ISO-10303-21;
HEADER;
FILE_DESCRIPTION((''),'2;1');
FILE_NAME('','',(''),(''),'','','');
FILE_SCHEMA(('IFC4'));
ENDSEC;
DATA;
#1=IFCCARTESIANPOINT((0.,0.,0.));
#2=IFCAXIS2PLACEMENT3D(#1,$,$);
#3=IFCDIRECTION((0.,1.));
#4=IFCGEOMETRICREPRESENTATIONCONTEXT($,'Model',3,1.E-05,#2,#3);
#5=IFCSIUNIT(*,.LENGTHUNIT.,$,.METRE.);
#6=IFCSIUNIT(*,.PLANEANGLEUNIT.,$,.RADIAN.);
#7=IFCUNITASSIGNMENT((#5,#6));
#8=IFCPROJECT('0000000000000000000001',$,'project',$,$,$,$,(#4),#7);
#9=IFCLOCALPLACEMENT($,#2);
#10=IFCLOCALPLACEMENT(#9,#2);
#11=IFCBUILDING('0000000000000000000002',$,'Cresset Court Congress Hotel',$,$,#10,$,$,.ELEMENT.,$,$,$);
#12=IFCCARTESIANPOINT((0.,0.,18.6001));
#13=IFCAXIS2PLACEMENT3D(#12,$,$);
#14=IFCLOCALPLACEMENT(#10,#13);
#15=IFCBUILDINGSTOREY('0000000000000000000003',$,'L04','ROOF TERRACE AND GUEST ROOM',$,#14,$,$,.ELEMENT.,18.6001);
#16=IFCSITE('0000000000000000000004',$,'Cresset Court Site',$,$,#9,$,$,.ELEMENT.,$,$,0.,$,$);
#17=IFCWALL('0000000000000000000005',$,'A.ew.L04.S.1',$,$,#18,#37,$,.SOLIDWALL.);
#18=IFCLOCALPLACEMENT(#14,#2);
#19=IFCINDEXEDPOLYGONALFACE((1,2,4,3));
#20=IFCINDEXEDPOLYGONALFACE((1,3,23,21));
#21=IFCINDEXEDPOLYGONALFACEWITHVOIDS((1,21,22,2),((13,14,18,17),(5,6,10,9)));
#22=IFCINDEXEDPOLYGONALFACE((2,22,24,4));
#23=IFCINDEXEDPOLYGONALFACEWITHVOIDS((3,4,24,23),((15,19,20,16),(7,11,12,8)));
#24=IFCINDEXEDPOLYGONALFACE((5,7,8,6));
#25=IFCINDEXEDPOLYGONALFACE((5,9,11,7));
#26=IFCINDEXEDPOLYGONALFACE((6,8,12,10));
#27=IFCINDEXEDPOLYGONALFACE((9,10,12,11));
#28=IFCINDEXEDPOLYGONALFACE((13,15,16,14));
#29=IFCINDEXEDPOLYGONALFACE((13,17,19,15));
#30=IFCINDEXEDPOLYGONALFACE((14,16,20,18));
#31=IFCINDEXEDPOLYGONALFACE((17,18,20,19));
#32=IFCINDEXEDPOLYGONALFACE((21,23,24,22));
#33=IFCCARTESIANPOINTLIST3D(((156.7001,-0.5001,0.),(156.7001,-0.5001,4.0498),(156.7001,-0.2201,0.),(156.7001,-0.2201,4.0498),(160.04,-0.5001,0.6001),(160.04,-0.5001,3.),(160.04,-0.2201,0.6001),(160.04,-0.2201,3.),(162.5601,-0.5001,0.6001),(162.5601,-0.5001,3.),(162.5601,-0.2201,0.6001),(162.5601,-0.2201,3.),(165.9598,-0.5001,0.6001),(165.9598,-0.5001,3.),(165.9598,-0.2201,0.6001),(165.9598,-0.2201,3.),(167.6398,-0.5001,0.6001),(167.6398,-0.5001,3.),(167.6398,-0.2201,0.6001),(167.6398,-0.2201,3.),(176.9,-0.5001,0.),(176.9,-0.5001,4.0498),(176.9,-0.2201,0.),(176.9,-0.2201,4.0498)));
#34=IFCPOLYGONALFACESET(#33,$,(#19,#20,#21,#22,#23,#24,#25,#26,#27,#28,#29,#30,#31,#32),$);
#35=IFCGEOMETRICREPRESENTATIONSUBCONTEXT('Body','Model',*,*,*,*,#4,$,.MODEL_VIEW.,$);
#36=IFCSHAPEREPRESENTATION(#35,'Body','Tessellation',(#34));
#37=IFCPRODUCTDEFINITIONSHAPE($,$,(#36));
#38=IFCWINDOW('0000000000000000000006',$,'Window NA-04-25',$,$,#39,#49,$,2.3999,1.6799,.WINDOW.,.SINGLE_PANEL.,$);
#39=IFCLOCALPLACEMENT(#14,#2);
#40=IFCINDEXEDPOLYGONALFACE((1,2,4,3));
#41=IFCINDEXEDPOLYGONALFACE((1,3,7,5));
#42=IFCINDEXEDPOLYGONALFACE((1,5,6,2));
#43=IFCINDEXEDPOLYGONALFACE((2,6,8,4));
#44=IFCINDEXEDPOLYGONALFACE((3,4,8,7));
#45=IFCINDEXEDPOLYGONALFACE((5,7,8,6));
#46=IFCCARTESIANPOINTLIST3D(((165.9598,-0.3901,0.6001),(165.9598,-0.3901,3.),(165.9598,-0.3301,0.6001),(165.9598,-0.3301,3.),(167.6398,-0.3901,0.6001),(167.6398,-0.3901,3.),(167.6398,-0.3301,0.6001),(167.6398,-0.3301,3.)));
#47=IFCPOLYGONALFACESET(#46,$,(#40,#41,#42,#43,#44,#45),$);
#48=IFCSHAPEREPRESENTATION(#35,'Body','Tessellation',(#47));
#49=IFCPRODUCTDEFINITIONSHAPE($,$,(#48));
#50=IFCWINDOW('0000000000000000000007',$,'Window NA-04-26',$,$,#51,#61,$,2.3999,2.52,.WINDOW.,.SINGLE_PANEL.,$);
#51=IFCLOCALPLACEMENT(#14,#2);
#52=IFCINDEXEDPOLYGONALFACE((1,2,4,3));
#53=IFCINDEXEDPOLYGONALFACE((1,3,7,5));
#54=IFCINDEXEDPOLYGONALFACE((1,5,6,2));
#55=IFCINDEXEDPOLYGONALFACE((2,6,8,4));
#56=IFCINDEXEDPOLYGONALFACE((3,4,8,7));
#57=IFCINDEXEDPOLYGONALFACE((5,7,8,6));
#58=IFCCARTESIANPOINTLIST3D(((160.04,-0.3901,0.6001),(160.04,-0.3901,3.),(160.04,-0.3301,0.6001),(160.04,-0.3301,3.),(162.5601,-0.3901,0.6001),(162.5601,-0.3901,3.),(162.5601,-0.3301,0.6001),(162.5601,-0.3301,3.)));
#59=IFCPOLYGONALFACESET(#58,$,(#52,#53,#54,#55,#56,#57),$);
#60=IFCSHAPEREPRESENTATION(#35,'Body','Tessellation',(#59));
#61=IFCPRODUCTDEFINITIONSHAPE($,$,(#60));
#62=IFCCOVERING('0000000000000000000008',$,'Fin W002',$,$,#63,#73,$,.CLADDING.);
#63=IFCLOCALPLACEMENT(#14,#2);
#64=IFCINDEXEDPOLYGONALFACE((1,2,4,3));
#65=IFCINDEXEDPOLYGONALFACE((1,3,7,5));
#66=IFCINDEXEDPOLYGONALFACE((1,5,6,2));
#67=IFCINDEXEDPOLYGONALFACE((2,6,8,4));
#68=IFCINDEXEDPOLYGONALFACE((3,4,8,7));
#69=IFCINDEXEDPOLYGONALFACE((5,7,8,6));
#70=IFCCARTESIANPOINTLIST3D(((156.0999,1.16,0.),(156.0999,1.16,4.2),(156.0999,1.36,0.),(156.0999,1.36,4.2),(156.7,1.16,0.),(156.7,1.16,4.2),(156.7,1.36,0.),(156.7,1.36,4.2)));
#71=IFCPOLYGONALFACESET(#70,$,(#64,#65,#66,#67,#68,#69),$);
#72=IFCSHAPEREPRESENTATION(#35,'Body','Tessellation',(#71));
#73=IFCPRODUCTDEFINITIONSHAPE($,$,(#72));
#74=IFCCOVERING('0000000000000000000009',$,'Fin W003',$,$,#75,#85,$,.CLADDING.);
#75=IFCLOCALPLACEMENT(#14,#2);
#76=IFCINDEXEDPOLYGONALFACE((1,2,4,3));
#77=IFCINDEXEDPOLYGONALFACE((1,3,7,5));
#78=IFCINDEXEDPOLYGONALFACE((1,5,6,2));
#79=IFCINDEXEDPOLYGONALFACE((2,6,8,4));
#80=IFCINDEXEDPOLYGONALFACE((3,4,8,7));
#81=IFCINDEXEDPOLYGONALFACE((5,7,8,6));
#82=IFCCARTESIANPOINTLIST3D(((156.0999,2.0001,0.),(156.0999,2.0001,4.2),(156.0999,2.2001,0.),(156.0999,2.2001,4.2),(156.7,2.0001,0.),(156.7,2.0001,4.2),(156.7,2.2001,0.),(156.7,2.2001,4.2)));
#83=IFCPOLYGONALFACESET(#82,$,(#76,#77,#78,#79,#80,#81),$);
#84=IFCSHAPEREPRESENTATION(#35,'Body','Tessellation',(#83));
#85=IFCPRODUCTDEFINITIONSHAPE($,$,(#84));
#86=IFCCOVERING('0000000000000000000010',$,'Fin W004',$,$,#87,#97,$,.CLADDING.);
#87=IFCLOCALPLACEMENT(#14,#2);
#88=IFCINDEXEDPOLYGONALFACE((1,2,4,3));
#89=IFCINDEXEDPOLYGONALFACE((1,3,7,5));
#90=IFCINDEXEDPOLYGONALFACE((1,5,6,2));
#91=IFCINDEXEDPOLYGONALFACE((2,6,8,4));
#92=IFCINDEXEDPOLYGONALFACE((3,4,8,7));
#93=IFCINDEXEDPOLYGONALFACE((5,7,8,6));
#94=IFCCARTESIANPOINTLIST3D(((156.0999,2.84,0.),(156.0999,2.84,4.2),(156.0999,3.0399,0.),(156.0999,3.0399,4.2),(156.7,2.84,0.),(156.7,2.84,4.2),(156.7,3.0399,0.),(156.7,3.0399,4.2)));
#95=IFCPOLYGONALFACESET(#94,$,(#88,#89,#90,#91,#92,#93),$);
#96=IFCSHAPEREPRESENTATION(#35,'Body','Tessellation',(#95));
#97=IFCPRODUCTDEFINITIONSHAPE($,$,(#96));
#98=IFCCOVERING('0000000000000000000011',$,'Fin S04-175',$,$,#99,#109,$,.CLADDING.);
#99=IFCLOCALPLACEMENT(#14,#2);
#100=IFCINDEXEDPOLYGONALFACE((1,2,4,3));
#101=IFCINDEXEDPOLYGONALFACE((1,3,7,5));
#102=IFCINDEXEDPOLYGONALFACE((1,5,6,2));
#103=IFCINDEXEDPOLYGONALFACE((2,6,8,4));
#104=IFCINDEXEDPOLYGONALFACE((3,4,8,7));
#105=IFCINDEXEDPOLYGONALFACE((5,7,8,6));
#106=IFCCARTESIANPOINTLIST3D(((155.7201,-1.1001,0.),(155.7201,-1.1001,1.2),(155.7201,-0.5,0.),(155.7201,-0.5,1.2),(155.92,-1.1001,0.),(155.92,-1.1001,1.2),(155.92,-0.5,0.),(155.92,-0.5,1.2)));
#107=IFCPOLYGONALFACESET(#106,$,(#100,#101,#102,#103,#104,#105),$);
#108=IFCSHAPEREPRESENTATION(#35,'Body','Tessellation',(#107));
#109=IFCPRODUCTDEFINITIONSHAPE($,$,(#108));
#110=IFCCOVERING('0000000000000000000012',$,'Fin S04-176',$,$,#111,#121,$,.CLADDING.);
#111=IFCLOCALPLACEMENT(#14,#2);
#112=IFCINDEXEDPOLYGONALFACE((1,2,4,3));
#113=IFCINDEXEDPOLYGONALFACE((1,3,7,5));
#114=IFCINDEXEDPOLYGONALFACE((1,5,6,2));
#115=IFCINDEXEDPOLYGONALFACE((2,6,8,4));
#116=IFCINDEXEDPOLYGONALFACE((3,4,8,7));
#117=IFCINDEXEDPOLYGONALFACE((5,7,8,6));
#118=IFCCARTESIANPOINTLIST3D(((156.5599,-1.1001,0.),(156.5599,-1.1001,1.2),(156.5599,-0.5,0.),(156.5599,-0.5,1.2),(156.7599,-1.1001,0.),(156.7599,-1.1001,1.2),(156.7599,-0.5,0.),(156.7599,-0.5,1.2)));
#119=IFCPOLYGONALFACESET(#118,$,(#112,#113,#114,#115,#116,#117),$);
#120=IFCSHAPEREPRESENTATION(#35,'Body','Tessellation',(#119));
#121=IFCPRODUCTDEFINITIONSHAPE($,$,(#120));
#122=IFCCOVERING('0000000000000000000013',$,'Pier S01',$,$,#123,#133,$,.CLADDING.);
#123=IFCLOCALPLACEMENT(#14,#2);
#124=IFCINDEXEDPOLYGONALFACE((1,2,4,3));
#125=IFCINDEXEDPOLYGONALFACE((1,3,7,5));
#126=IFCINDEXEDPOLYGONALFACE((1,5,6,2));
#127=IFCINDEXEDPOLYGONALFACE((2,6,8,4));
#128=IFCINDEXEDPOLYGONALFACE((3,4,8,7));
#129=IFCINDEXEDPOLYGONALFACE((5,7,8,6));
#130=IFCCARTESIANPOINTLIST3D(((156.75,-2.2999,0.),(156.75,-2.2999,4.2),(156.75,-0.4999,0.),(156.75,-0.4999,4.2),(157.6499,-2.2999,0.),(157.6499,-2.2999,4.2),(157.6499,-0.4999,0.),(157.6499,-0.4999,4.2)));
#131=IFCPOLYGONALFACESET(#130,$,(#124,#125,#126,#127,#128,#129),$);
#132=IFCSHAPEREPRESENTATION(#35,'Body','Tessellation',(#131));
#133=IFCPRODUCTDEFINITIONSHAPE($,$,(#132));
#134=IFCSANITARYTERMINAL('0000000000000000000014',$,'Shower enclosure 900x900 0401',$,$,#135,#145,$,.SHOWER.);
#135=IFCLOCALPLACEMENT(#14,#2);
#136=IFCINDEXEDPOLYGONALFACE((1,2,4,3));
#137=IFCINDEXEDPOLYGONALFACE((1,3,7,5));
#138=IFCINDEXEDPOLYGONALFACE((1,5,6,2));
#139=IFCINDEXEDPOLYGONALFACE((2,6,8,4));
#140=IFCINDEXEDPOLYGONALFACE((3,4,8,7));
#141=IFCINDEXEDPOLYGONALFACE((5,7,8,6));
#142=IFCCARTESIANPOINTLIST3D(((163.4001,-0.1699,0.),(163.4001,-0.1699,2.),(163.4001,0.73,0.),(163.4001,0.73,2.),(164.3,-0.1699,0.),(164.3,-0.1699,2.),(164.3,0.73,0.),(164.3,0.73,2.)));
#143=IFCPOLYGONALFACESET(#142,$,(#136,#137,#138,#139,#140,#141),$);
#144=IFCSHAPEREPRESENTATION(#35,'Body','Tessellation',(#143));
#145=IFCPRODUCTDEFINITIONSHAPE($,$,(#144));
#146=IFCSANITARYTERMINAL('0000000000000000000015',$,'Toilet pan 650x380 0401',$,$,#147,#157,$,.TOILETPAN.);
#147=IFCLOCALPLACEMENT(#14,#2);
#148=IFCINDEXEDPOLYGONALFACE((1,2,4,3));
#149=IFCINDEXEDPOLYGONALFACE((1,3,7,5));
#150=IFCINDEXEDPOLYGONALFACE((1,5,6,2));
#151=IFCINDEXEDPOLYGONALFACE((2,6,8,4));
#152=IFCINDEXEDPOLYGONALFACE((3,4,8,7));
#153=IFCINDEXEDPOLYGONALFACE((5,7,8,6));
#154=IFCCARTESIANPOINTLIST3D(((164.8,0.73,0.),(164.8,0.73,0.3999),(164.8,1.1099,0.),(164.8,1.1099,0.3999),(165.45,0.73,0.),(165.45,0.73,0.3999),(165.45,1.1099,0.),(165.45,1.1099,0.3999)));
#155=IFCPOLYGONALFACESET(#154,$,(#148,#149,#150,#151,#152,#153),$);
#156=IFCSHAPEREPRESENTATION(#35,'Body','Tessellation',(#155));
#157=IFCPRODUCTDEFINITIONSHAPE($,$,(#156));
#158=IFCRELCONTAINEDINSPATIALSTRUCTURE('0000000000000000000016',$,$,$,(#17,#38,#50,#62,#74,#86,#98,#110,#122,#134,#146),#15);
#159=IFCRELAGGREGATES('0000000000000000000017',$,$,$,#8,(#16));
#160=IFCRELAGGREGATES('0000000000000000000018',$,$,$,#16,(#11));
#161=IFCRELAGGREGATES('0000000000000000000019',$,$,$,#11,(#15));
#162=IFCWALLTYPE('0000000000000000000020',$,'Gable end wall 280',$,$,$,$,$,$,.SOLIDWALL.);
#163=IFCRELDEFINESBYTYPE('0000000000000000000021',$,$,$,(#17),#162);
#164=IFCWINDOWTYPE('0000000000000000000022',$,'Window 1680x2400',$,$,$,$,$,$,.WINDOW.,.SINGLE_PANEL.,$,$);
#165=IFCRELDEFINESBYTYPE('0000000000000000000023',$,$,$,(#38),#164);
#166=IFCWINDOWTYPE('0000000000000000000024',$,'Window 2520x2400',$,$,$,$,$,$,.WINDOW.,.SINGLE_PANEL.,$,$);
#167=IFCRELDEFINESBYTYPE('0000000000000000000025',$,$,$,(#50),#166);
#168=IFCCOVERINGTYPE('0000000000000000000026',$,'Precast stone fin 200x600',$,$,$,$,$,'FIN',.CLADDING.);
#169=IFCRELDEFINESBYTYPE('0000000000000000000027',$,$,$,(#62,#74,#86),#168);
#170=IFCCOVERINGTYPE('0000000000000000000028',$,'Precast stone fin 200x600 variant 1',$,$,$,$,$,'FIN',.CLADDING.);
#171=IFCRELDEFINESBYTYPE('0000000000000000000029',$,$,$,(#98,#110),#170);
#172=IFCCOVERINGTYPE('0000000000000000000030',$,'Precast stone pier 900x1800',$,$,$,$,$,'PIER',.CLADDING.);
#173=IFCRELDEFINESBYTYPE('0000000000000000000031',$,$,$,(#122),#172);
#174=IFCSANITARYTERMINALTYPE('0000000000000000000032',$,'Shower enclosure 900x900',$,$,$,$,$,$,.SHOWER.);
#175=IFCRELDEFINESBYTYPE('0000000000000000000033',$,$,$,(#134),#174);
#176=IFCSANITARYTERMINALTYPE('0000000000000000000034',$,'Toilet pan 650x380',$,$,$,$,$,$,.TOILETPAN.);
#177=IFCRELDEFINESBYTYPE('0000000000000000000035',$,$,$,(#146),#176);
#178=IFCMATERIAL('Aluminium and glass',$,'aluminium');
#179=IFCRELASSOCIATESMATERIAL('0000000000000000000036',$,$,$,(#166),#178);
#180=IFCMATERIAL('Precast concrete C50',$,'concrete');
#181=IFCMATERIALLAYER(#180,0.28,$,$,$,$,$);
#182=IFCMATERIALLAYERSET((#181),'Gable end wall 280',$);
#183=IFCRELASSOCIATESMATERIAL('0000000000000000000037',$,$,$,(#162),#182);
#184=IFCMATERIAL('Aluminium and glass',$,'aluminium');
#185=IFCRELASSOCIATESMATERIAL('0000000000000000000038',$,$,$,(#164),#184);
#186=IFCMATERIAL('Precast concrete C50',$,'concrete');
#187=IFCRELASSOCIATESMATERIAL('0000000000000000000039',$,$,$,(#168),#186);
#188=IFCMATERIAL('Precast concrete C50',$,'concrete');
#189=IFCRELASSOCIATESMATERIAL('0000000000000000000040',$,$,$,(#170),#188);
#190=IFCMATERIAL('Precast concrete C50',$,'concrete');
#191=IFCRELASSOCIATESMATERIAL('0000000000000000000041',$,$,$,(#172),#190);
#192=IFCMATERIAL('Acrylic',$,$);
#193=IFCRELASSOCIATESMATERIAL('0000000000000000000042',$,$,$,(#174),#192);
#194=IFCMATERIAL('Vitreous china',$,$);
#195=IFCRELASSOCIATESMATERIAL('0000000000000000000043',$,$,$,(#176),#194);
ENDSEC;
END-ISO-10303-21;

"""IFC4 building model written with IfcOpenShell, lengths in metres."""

from ifc_helpers import new_model, si_unit, direction, frame, frame_2d, origin, origin_2d, place, context, subcontext, project, spatial, rectangle, extrude, material, layer, layer_set, type_object, element, fill, save


model = new_model("IFC4")

# Units and contexts
model_context = context("Model", 3, precision=1e-05, world=origin(), true_north=direction((0.0, 1.0)))
body_context = subcontext(model_context, "Body", "Model", "MODEL_VIEW")
ifc_project = project(units=[si_unit("LENGTHUNIT", "METRE"), si_unit("PLANEANGLEUNIT", "RADIAN")], contexts=[model_context])

# Site, building, storey
site_placement = place(None, origin())
site = spatial("IfcSite", under=ifc_project, at=site_placement, Name="Cresset Court Site", CompositionType="ELEMENT", RefElevation=0.0)
building_placement = place(site_placement, origin())
building = spatial("IfcBuilding", under=site, at=building_placement, Name="Cresset Court Congress Hotel", CompositionType="ELEMENT")
storey_placement = place(building_placement, frame((0.0, 0.0, 18.6001)))
storey = spatial("IfcBuildingStorey", under=building, at=storey_placement, Name="L04", Description="ROOF TERRACE AND GUEST ROOM", CompositionType="ELEMENT", Elevation=18.6001)

# Wall, openings, windows
ifc_material_1 = material(Name="Aluminium and glass", Category="aluminium")
window_type_1 = type_object("IfcWindowType", Name="Window 2520x2400", PartitioningType="SINGLE_PANEL", PredefinedType="WINDOW", material=ifc_material_1)
ifc_material_2 = material(Name="Precast concrete C50", Category="concrete")
ifc_layer_1 = layer(ifc_material_2, 0.28)
ifc_layer_set_1 = layer_set([ifc_layer_1], Name="Gable end wall 280")
wall_type_1 = type_object("IfcWallType", Name="Gable end wall 280", PredefinedType="SOLIDWALL", material=ifc_layer_set_1)
wall_1_placement = place(storey_placement, frame((156.7, -0.3601, 0.0), z_axis=(0.0, 0.0, 1.0), x_axis=(1.0, 0.0, 0.0)))
wall_1 = element("IfcWall", 1, at=wall_1_placement, inside=storey, type_object=wall_type_1, Name="A.ew.L04.S.1", PredefinedType="SOLIDWALL", context=body_context, shape_type="SweptSolid", body=[
    extrude(rectangle(XDim=20.2, YDim=0.28, at=frame_2d((10.1001, 0.0))), origin(), (0.0, 0.0, 1.0), 4.0498),
])
opening_1_placement = place(wall_1_placement, frame((9.26, 0.0, 0.6001)))
opening_1 = element("IfcOpeningElement", 2, at=opening_1_placement, cuts=wall_1, PredefinedType="OPENING", context=body_context, shape_type="SweptSolid", body=[
    extrude(rectangle(XDim=1.6799, YDim=2.3999, at=frame_2d((0.8398, 1.2))), frame((0.0, 0.1499, 0.0), z_axis=(0.0, -1.0, 0.0), x_axis=(1.0, 0.0, 0.0)), (0.0, 0.0, 1.0), 0.3),
])
opening_2_placement = place(wall_1_placement, frame((3.3401, 0.0, 0.6001)))
opening_2 = element("IfcOpeningElement", 3, at=opening_2_placement, cuts=wall_1, PredefinedType="OPENING", context=body_context, shape_type="SweptSolid", body=[
    extrude(rectangle(XDim=2.52, YDim=2.3999, at=frame_2d((1.26, 1.2))), frame((0.0, 0.1499, 0.0), z_axis=(0.0, -1.0, 0.0), x_axis=(1.0, 0.0, 0.0)), (0.0, 0.0, 1.0), 0.3),
])
ifc_material_3 = material(Name="Aluminium and glass", Category="aluminium")
window_type_2 = type_object("IfcWindowType", Name="Window 1680x2400", PartitioningType="SINGLE_PANEL", PredefinedType="WINDOW", material=ifc_material_3)
window_1_placement = place(opening_1_placement, origin())
window_1 = element("IfcWindow", 4, at=window_1_placement, inside=storey, type_object=window_type_2, Name="Window NA-04-25", OverallHeight=2.3999, OverallWidth=1.6799, PartitioningType="SINGLE_PANEL", PredefinedType="WINDOW", context=body_context, shape_type="SweptSolid", body=[
    extrude(rectangle(XDim=1.6799, YDim=2.3999, at=frame_2d((0.8398, 1.2))), frame((0.0, 0.03, 0.0), z_axis=(0.0, -1.0, 0.0), x_axis=(1.0, 0.0, 0.0)), (0.0, 0.0, 1.0), 0.0601),
])
fill(opening_1, window_1)
window_2_placement = place(opening_2_placement, origin())
window_2 = element("IfcWindow", 5, at=window_2_placement, inside=storey, type_object=window_type_1, Name="Window NA-04-26", OverallHeight=2.3999, OverallWidth=2.52, PartitioningType="SINGLE_PANEL", PredefinedType="WINDOW", context=body_context, shape_type="SweptSolid", body=[
    extrude(rectangle(XDim=2.52, YDim=2.3999, at=frame_2d((1.26, 1.2))), frame((0.0, 0.03, 0.0), z_axis=(0.0, -1.0, 0.0), x_axis=(1.0, 0.0, 0.0)), (0.0, 0.0, 1.0), 0.0601),
])
fill(opening_2, window_2)

# Coverings
ifc_material_4 = material(Name="Precast concrete C50", Category="concrete")
covering_type_1 = type_object("IfcCoveringType", Name="Precast stone fin 200x600", ElementType="FIN", PredefinedType="CLADDING", material=ifc_material_4)
for number, where, z_axis, x_axis, name in (
    (6, (156.3999, 1.26, 0.0), (0.0, 0.0, 1.0), (1.0, 0.0, 0.0), "Fin W002"),
    (7, (156.3999, 2.1001, 0.0), (0.0, 0.0, 1.0), (1.0, 0.0, 0.0), "Fin W003"),
    (8, (156.3999, 2.9399, 0.0), (0.0, 0.0, 1.0), (1.0, 0.0, 0.0), "Fin W004"),
):
    element("IfcCovering", number, at=place(storey_placement, frame(where, z_axis=z_axis, x_axis=x_axis)), inside=storey, type_object=covering_type_1, Name=name, PredefinedType="CLADDING", context=body_context, shape_type="SweptSolid", body=[
        extrude(rectangle(XDim=0.6001, YDim=0.2, at=origin_2d()), origin(), (0.0, 0.0, 1.0), 4.2),
    ])
ifc_material_5 = material(Name="Precast concrete C50", Category="concrete")
covering_type_2 = type_object("IfcCoveringType", Name="Precast stone fin 200x600 variant 1", ElementType="FIN", PredefinedType="CLADDING", material=ifc_material_5)
for number, where, z_axis, x_axis, name in (
    (9, (155.8201, -0.8, 0.0), (0.0, 0.0, 1.0), (1.0, 0.0, 0.0), "Fin S04-175"),
    (10, (156.6599, -0.8, 0.0), (0.0, 0.0, 1.0), (1.0, 0.0, 0.0), "Fin S04-176"),
):
    element("IfcCovering", number, at=place(storey_placement, frame(where, z_axis=z_axis, x_axis=x_axis)), inside=storey, type_object=covering_type_2, Name=name, PredefinedType="CLADDING", context=body_context, shape_type="SweptSolid", body=[
        extrude(rectangle(XDim=0.2, YDim=0.6001, at=origin_2d()), origin(), (0.0, 0.0, 1.0), 1.2),
    ])
ifc_material_6 = material(Name="Precast concrete C50", Category="concrete")
covering_type_3 = type_object("IfcCoveringType", Name="Precast stone pier 900x1800", ElementType="PIER", PredefinedType="CLADDING", material=ifc_material_6)
covering_placement = place(storey_placement, frame((157.2, -1.3999, 0.0), z_axis=(0.0, 0.0, 1.0), x_axis=(1.0, 0.0, 0.0)))
element("IfcCovering", 11, at=covering_placement, inside=storey, type_object=covering_type_3, Name="Pier S01", PredefinedType="CLADDING", context=body_context, shape_type="SweptSolid", body=[
    extrude(rectangle(XDim=0.8999, YDim=1.8, at=origin_2d()), origin(), (0.0, 0.0, 1.0), 4.2),
])

# Sanitary terminals
ifc_material_7 = material(Name="Acrylic")
sanitary_terminal_type_1 = type_object("IfcSanitaryTerminalType", Name="Shower enclosure 900x900", PredefinedType="SHOWER", material=ifc_material_7)
sanitary_terminal_1_placement = place(storey_placement, frame((163.8501, 0.28, 0.0), z_axis=(0.0, 0.0, 1.0), x_axis=(1.0, 0.0, 0.0)))
element("IfcSanitaryTerminal", 12, at=sanitary_terminal_1_placement, inside=storey, type_object=sanitary_terminal_type_1, Name="Shower enclosure 900x900 0401", PredefinedType="SHOWER", context=body_context, shape_type="SweptSolid", body=[
    extrude(rectangle(XDim=0.8999, YDim=0.8999, at=origin_2d()), origin(), (0.0, 0.0, 1.0), 2.0),
])
ifc_material_8 = material(Name="Vitreous china")
sanitary_terminal_type_2 = type_object("IfcSanitaryTerminalType", Name="Toilet pan 650x380", PredefinedType="TOILETPAN", material=ifc_material_8)
sanitary_terminal_2_placement = place(storey_placement, frame((165.125, 0.9199, 0.0), z_axis=(0.0, 0.0, 1.0), x_axis=(1.0, 0.0, 0.0)))
element("IfcSanitaryTerminal", 13, at=sanitary_terminal_2_placement, inside=storey, type_object=sanitary_terminal_type_2, Name="Toilet pan 650x380 0401", PredefinedType="TOILETPAN", context=body_context, shape_type="SweptSolid", body=[
    extrude(rectangle(XDim=0.6499, YDim=0.3799, at=origin_2d()), origin(), (0.0, 0.0, 1.0), 0.3999),
])

save(model, "model.ifc")
